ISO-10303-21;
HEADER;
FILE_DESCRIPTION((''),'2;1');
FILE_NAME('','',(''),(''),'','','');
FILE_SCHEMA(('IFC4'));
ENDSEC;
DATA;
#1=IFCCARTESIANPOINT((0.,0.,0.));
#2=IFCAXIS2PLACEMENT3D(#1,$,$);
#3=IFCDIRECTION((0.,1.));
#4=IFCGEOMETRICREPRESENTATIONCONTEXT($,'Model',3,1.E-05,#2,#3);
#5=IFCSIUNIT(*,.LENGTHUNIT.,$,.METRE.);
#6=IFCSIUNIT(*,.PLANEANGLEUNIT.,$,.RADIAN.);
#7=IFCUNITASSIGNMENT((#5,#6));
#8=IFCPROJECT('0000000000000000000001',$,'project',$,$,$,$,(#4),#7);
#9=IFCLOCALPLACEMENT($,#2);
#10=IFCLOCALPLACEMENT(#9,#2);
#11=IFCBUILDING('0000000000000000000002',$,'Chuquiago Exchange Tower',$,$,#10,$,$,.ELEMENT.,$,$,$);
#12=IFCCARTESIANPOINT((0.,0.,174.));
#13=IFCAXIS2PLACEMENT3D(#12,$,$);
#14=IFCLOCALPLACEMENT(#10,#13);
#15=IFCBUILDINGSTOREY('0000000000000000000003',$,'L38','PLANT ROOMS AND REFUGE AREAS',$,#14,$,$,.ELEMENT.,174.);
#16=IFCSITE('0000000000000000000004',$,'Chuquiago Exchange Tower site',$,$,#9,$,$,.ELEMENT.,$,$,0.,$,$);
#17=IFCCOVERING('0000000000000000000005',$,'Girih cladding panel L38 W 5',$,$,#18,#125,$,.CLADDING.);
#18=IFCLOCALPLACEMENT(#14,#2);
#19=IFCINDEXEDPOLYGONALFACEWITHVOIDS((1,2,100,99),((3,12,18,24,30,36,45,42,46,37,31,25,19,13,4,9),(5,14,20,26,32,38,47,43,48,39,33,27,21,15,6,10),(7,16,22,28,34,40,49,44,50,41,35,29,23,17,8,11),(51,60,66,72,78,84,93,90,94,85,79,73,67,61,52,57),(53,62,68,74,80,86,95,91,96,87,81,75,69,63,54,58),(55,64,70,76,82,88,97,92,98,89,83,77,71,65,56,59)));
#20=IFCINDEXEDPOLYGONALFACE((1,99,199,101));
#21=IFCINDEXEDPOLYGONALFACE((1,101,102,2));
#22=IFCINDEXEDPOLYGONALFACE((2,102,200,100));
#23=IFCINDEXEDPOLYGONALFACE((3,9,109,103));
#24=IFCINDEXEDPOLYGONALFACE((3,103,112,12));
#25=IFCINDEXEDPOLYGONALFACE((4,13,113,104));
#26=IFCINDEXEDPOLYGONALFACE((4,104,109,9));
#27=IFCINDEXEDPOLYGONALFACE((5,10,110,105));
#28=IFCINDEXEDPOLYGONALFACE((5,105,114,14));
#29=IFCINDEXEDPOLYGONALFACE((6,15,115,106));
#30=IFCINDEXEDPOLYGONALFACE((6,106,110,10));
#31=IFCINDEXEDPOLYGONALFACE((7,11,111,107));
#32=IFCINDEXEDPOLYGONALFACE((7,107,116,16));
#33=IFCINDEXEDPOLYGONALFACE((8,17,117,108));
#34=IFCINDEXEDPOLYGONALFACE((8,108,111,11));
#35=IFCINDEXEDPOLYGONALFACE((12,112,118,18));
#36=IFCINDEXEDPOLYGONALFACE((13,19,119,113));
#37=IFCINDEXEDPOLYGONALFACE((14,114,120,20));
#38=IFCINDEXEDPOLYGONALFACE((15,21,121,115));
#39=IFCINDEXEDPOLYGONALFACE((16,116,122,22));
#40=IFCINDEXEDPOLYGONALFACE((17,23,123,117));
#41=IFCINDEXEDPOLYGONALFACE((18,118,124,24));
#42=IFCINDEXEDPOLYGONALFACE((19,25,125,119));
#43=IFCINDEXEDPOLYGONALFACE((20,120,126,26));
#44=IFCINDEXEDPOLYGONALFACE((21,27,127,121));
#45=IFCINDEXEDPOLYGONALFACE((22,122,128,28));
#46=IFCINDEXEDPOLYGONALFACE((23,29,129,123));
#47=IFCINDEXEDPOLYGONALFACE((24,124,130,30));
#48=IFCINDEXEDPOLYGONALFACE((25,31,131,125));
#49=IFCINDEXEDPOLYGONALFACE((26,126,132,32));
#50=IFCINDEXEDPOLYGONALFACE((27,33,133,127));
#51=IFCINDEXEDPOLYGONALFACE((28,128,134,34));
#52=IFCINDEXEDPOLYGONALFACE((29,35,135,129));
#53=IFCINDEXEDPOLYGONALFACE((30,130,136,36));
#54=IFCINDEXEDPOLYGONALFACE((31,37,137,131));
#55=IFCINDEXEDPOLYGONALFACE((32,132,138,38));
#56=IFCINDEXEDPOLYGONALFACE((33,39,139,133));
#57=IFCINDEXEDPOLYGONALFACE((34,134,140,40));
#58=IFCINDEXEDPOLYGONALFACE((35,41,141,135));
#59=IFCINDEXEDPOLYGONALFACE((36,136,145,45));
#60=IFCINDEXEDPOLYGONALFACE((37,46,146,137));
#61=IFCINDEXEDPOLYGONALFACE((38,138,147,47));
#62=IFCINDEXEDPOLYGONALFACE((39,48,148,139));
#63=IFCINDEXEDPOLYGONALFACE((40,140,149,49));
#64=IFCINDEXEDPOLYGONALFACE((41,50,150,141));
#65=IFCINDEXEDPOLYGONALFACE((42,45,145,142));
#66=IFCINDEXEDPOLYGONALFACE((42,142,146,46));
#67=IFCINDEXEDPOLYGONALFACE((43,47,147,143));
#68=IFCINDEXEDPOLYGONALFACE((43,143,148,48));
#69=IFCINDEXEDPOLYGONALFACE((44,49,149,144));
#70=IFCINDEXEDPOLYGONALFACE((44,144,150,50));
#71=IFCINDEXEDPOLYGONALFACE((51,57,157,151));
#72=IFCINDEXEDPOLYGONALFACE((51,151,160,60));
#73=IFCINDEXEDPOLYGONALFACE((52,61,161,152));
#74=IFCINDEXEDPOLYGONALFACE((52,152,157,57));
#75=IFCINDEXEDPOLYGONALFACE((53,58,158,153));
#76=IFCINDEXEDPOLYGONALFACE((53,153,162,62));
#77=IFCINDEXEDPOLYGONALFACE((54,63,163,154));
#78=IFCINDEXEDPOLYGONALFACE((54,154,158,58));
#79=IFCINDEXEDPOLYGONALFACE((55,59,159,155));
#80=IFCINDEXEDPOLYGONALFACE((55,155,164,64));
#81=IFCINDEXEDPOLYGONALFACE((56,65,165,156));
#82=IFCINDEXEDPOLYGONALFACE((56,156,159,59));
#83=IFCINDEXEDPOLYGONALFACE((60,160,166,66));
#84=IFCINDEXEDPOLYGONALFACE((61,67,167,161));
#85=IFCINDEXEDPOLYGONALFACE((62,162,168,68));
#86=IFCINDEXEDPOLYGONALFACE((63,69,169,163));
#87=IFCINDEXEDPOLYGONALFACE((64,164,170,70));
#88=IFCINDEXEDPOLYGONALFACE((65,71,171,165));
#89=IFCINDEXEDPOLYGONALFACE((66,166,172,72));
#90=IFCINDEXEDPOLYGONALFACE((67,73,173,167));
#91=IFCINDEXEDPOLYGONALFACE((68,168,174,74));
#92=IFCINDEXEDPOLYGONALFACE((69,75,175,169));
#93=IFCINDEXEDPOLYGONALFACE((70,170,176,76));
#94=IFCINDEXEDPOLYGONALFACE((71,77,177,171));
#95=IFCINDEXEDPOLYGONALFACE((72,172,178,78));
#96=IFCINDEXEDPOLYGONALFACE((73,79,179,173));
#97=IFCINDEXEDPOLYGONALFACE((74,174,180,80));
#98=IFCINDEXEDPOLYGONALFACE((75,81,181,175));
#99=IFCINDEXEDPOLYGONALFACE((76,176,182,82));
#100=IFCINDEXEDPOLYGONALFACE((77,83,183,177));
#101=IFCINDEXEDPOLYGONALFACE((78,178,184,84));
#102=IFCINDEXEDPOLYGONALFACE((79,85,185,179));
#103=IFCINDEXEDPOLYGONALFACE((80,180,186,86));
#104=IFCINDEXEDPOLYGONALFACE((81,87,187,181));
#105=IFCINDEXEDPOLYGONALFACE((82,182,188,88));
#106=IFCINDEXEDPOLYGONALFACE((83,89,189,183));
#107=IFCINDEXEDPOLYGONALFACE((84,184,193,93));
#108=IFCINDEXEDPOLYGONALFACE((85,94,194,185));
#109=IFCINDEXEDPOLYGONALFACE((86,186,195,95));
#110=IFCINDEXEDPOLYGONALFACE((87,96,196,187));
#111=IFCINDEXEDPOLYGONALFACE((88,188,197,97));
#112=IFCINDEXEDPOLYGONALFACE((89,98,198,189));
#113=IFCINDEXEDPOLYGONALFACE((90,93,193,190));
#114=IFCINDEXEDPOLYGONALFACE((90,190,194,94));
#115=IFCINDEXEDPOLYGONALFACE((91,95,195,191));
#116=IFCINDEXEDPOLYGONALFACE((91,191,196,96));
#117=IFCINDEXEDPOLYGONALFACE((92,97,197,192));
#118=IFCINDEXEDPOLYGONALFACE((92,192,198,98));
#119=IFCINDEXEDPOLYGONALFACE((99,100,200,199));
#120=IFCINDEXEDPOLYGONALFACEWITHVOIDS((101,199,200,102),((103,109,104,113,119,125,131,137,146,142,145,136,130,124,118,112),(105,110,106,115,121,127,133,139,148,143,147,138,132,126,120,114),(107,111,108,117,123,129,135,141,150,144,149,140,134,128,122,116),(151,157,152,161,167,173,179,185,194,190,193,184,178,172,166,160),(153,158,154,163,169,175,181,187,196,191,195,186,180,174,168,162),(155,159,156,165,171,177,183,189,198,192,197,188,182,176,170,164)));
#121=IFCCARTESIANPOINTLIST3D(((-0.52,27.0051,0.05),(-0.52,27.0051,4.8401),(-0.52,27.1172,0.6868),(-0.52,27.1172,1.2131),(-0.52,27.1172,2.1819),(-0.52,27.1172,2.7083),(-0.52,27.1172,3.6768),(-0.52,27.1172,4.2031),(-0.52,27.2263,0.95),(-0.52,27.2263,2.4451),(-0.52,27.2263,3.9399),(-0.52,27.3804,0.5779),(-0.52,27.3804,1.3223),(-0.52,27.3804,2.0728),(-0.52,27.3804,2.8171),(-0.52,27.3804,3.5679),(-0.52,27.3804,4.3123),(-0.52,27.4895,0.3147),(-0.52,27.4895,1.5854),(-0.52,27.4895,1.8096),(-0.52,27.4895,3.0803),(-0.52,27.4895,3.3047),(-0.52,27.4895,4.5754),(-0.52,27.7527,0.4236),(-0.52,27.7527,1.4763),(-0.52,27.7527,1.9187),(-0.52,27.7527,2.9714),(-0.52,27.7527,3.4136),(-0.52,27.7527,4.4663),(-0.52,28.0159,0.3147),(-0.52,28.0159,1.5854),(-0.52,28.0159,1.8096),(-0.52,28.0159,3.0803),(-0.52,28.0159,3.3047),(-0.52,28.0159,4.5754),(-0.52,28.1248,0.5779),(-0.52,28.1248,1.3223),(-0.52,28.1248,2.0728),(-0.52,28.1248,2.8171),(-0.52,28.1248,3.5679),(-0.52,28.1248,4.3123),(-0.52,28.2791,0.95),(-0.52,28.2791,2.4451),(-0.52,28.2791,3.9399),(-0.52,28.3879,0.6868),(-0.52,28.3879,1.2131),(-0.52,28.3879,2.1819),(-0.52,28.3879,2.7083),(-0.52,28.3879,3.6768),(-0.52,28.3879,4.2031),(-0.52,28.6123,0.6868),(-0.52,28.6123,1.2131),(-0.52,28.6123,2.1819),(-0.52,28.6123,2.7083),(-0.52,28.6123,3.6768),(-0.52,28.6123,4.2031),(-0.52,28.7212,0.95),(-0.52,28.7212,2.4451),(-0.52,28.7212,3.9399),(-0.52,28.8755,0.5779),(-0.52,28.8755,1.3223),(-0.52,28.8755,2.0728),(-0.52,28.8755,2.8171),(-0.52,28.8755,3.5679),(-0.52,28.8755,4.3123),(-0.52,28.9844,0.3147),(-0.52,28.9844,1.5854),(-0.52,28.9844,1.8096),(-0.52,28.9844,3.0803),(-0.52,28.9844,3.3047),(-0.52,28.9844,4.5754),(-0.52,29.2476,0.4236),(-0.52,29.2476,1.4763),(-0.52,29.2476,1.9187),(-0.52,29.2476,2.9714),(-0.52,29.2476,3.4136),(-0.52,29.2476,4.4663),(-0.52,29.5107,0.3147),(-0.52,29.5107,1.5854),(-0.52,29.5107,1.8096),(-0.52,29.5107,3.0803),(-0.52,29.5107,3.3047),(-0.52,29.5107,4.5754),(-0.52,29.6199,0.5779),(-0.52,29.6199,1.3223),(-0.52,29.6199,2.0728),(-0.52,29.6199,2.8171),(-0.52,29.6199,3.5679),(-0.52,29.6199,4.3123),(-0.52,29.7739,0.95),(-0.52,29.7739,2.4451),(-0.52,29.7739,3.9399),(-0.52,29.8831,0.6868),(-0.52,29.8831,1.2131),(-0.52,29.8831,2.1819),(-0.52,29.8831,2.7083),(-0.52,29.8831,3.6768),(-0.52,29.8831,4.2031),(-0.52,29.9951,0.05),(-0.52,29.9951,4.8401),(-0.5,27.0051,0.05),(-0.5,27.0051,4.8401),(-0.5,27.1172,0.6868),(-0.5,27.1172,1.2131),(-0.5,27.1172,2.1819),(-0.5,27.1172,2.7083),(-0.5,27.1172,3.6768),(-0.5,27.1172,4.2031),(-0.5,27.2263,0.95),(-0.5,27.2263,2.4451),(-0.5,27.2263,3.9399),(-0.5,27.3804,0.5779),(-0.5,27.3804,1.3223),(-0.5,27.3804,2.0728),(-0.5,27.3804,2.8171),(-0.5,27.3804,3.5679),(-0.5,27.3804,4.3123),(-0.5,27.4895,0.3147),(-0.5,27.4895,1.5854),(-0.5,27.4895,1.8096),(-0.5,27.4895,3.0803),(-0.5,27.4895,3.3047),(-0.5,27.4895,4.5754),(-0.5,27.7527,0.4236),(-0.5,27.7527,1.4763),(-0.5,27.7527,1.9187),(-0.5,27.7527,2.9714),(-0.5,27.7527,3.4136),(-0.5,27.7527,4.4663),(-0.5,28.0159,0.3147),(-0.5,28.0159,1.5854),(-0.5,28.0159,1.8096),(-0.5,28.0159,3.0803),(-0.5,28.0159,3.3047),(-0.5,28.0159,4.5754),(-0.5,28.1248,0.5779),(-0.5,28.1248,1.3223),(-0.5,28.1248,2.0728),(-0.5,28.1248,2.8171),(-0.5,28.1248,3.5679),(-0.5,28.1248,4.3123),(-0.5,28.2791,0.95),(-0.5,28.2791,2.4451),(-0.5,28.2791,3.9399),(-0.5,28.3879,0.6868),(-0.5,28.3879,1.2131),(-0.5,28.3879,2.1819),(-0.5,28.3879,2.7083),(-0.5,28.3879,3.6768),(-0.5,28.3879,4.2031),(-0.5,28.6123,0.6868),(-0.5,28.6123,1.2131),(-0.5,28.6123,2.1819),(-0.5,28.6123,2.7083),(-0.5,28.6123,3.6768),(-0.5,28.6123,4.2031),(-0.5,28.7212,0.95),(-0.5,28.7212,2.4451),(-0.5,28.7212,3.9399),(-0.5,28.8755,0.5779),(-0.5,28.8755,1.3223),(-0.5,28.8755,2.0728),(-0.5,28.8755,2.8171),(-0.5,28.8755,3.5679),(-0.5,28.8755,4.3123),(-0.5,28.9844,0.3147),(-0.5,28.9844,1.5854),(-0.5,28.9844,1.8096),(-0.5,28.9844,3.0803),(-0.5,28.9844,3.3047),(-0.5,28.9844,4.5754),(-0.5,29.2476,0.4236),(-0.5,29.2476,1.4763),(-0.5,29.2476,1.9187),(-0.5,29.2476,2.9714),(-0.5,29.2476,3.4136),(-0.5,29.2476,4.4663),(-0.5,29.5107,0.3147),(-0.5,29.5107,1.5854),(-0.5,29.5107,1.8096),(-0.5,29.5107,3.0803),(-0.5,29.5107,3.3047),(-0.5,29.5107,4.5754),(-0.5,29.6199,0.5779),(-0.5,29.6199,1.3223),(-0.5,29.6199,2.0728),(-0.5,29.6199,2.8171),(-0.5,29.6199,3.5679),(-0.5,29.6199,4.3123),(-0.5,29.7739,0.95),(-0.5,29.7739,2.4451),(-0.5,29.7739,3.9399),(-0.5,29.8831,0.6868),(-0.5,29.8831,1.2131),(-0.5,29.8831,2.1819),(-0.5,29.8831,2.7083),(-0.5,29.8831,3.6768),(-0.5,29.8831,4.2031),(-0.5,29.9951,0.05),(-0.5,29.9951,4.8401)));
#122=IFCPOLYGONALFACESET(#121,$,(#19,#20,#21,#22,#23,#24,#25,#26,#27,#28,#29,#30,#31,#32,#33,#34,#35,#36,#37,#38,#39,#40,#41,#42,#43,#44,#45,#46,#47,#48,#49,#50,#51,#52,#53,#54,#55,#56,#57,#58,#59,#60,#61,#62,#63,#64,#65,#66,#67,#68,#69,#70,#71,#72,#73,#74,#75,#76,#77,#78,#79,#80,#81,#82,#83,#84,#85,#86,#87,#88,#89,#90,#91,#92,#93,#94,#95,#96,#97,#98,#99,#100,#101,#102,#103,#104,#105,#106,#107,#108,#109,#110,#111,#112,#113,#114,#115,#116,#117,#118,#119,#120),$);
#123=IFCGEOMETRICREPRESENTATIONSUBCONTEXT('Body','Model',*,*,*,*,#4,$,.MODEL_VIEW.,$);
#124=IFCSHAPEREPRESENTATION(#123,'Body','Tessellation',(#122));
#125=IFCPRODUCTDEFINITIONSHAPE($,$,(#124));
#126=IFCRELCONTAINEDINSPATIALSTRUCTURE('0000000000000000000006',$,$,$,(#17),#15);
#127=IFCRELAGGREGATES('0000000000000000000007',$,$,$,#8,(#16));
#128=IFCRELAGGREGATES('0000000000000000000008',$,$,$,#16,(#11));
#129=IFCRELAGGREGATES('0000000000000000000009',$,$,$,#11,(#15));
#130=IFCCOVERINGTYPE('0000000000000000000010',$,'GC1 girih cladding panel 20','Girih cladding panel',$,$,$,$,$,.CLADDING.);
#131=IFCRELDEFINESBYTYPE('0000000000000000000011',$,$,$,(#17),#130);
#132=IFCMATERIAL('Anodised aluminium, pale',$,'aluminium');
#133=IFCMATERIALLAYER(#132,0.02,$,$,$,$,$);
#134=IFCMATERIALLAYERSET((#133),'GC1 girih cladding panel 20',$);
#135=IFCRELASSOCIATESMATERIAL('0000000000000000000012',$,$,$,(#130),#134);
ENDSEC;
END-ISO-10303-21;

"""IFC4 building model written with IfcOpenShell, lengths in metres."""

from ifc_helpers import new_model, si_unit, direction, frame, origin, place, context, subcontext, project, spatial, polyline, outline, extrude, material, layer, layer_set, type_object, element, save


model = new_model("IFC4")

# Units and contexts
model_context = context("Model", 3, precision=1e-05, world=origin(), true_north=direction((0.0, 1.0)))
body_context = subcontext(model_context, "Body", "Model", "MODEL_VIEW")
ifc_project = project(units=[si_unit("LENGTHUNIT", "METRE"), si_unit("PLANEANGLEUNIT", "RADIAN")], contexts=[model_context])

# Site, building, storey
site_placement = place(None, origin())
site = spatial("IfcSite", under=ifc_project, at=site_placement, Name="Chuquiago Exchange Tower site", CompositionType="ELEMENT", RefElevation=0.0)
building_placement = place(site_placement, origin())
building = spatial("IfcBuilding", under=site, at=building_placement, Name="Chuquiago Exchange Tower", CompositionType="ELEMENT")
storey_placement = place(building_placement, frame((0.0, 0.0, 174.0)))
storey = spatial("IfcBuildingStorey", under=building, at=storey_placement, Name="L38", Description="PLANT ROOMS AND REFUGE AREAS", CompositionType="ELEMENT", Elevation=174.0)

# Covering
ifc_material_1 = material(Name="Anodised aluminium, pale", Category="aluminium")
ifc_layer_1 = layer(ifc_material_1, 0.02)
ifc_layer_set_1 = layer_set([ifc_layer_1], Name="GC1 girih cladding panel 20")
covering_type = type_object("IfcCoveringType", Name="GC1 girih cladding panel 20", Description="Girih cladding panel", PredefinedType="CLADDING", material=ifc_layer_set_1)
covering_1_placement = place(storey_placement, frame((-0.5, 29.9951, 0.05), z_axis=(0.0, 0.0, 1.0), x_axis=(0.0, -1.0, 0.0)))
element("IfcCovering", 1, at=covering_1_placement, inside=storey, type_object=covering_type, Name="Girih cladding panel L38 W 5", PredefinedType="CLADDING", context=body_context, shape_type="SweptSolid", body=[
    extrude(outline(polyline([(0.0, 0.0), (2.99, 0.0), (2.99, 4.79), (0.0, 4.79), (0.0, 0.0)]), holes=[polyline([(1.2739, 0.8999), (1.3828, 1.1631), (1.1196, 1.2722), (1.0107, 1.5354), (0.7476, 1.4263), (0.4844, 1.5354), (0.3752, 1.2722), (0.1121, 1.1631), (0.2212, 0.8999), (0.1121, 0.6367), (0.3752, 0.5278), (0.4844, 0.2646), (0.7476, 0.3735), (1.0107, 0.2646), (1.1196, 0.5278), (1.3828, 0.6367), (1.2739, 0.8999)]), polyline([(2.7688, 0.8999), (2.8779, 1.1631), (2.6147, 1.2722), (2.5056, 1.5354), (2.2424, 1.4263), (1.9792, 1.5354), (1.8704, 1.2722), (1.6072, 1.1631), (1.7161, 0.8999), (1.6072, 0.6367), (1.8704, 0.5278), (1.9792, 0.2646), (2.2424, 0.3735), (2.5056, 0.2646), (2.6147, 0.5278), (2.8779, 0.6367), (2.7688, 0.8999)]), polyline([(1.2739, 2.395), (1.3828, 2.6582), (1.1196, 2.7671), (1.0107, 3.0303), (0.7476, 2.9214), (0.4844, 3.0303), (0.3752, 2.7671), (0.1121, 2.6582), (0.2212, 2.395), (0.1121, 2.1318), (0.3752, 2.0227), (0.4844, 1.7595), (0.7476, 1.8687), (1.0107, 1.7595), (1.1196, 2.0227), (1.3828, 2.1318), (1.2739, 2.395)]), polyline([(2.7688, 2.395), (2.8779, 2.6582), (2.6147, 2.7671), (2.5056, 3.0303), (2.2424, 2.9214), (1.9792, 3.0303), (1.8704, 2.7671), (1.6072, 2.6582), (1.7161, 2.395), (1.6072, 2.1318), (1.8704, 2.0227), (1.9792, 1.7595), (2.2424, 1.8687), (2.5056, 1.7595), (2.6147, 2.0227), (2.8779, 2.1318), (2.7688, 2.395)]), polyline([(1.2739, 3.8899), (1.3828, 4.1531), (1.1196, 4.2622), (1.0107, 4.5254), (0.7476, 4.4163), (0.4844, 4.5254), (0.3752, 4.2622), (0.1121, 4.1531), (0.2212, 3.8899), (0.1121, 3.6267), (0.3752, 3.5178), (0.4844, 3.2546), (0.7476, 3.3635), (1.0107, 3.2546), (1.1196, 3.5178), (1.3828, 3.6267), (1.2739, 3.8899)]), polyline([(2.7688, 3.8899), (2.8779, 4.1531), (2.6147, 4.2622), (2.5056, 4.5254), (2.2424, 4.4163), (1.9792, 4.5254), (1.8704, 4.2622), (1.6072, 4.1531), (1.7161, 3.8899), (1.6072, 3.6267), (1.8704, 3.5178), (1.9792, 3.2546), (2.2424, 3.3635), (2.5056, 3.2546), (2.6147, 3.5178), (2.8779, 3.6267), (2.7688, 3.8899)])]), frame((0.0, 0.0, 0.0), z_axis=(0.0, -1.0, 0.0), x_axis=(1.0, 0.0, 0.0)), (0.0, 0.0, 1.0), 0.02),
])

save(model, "model.ifc")
